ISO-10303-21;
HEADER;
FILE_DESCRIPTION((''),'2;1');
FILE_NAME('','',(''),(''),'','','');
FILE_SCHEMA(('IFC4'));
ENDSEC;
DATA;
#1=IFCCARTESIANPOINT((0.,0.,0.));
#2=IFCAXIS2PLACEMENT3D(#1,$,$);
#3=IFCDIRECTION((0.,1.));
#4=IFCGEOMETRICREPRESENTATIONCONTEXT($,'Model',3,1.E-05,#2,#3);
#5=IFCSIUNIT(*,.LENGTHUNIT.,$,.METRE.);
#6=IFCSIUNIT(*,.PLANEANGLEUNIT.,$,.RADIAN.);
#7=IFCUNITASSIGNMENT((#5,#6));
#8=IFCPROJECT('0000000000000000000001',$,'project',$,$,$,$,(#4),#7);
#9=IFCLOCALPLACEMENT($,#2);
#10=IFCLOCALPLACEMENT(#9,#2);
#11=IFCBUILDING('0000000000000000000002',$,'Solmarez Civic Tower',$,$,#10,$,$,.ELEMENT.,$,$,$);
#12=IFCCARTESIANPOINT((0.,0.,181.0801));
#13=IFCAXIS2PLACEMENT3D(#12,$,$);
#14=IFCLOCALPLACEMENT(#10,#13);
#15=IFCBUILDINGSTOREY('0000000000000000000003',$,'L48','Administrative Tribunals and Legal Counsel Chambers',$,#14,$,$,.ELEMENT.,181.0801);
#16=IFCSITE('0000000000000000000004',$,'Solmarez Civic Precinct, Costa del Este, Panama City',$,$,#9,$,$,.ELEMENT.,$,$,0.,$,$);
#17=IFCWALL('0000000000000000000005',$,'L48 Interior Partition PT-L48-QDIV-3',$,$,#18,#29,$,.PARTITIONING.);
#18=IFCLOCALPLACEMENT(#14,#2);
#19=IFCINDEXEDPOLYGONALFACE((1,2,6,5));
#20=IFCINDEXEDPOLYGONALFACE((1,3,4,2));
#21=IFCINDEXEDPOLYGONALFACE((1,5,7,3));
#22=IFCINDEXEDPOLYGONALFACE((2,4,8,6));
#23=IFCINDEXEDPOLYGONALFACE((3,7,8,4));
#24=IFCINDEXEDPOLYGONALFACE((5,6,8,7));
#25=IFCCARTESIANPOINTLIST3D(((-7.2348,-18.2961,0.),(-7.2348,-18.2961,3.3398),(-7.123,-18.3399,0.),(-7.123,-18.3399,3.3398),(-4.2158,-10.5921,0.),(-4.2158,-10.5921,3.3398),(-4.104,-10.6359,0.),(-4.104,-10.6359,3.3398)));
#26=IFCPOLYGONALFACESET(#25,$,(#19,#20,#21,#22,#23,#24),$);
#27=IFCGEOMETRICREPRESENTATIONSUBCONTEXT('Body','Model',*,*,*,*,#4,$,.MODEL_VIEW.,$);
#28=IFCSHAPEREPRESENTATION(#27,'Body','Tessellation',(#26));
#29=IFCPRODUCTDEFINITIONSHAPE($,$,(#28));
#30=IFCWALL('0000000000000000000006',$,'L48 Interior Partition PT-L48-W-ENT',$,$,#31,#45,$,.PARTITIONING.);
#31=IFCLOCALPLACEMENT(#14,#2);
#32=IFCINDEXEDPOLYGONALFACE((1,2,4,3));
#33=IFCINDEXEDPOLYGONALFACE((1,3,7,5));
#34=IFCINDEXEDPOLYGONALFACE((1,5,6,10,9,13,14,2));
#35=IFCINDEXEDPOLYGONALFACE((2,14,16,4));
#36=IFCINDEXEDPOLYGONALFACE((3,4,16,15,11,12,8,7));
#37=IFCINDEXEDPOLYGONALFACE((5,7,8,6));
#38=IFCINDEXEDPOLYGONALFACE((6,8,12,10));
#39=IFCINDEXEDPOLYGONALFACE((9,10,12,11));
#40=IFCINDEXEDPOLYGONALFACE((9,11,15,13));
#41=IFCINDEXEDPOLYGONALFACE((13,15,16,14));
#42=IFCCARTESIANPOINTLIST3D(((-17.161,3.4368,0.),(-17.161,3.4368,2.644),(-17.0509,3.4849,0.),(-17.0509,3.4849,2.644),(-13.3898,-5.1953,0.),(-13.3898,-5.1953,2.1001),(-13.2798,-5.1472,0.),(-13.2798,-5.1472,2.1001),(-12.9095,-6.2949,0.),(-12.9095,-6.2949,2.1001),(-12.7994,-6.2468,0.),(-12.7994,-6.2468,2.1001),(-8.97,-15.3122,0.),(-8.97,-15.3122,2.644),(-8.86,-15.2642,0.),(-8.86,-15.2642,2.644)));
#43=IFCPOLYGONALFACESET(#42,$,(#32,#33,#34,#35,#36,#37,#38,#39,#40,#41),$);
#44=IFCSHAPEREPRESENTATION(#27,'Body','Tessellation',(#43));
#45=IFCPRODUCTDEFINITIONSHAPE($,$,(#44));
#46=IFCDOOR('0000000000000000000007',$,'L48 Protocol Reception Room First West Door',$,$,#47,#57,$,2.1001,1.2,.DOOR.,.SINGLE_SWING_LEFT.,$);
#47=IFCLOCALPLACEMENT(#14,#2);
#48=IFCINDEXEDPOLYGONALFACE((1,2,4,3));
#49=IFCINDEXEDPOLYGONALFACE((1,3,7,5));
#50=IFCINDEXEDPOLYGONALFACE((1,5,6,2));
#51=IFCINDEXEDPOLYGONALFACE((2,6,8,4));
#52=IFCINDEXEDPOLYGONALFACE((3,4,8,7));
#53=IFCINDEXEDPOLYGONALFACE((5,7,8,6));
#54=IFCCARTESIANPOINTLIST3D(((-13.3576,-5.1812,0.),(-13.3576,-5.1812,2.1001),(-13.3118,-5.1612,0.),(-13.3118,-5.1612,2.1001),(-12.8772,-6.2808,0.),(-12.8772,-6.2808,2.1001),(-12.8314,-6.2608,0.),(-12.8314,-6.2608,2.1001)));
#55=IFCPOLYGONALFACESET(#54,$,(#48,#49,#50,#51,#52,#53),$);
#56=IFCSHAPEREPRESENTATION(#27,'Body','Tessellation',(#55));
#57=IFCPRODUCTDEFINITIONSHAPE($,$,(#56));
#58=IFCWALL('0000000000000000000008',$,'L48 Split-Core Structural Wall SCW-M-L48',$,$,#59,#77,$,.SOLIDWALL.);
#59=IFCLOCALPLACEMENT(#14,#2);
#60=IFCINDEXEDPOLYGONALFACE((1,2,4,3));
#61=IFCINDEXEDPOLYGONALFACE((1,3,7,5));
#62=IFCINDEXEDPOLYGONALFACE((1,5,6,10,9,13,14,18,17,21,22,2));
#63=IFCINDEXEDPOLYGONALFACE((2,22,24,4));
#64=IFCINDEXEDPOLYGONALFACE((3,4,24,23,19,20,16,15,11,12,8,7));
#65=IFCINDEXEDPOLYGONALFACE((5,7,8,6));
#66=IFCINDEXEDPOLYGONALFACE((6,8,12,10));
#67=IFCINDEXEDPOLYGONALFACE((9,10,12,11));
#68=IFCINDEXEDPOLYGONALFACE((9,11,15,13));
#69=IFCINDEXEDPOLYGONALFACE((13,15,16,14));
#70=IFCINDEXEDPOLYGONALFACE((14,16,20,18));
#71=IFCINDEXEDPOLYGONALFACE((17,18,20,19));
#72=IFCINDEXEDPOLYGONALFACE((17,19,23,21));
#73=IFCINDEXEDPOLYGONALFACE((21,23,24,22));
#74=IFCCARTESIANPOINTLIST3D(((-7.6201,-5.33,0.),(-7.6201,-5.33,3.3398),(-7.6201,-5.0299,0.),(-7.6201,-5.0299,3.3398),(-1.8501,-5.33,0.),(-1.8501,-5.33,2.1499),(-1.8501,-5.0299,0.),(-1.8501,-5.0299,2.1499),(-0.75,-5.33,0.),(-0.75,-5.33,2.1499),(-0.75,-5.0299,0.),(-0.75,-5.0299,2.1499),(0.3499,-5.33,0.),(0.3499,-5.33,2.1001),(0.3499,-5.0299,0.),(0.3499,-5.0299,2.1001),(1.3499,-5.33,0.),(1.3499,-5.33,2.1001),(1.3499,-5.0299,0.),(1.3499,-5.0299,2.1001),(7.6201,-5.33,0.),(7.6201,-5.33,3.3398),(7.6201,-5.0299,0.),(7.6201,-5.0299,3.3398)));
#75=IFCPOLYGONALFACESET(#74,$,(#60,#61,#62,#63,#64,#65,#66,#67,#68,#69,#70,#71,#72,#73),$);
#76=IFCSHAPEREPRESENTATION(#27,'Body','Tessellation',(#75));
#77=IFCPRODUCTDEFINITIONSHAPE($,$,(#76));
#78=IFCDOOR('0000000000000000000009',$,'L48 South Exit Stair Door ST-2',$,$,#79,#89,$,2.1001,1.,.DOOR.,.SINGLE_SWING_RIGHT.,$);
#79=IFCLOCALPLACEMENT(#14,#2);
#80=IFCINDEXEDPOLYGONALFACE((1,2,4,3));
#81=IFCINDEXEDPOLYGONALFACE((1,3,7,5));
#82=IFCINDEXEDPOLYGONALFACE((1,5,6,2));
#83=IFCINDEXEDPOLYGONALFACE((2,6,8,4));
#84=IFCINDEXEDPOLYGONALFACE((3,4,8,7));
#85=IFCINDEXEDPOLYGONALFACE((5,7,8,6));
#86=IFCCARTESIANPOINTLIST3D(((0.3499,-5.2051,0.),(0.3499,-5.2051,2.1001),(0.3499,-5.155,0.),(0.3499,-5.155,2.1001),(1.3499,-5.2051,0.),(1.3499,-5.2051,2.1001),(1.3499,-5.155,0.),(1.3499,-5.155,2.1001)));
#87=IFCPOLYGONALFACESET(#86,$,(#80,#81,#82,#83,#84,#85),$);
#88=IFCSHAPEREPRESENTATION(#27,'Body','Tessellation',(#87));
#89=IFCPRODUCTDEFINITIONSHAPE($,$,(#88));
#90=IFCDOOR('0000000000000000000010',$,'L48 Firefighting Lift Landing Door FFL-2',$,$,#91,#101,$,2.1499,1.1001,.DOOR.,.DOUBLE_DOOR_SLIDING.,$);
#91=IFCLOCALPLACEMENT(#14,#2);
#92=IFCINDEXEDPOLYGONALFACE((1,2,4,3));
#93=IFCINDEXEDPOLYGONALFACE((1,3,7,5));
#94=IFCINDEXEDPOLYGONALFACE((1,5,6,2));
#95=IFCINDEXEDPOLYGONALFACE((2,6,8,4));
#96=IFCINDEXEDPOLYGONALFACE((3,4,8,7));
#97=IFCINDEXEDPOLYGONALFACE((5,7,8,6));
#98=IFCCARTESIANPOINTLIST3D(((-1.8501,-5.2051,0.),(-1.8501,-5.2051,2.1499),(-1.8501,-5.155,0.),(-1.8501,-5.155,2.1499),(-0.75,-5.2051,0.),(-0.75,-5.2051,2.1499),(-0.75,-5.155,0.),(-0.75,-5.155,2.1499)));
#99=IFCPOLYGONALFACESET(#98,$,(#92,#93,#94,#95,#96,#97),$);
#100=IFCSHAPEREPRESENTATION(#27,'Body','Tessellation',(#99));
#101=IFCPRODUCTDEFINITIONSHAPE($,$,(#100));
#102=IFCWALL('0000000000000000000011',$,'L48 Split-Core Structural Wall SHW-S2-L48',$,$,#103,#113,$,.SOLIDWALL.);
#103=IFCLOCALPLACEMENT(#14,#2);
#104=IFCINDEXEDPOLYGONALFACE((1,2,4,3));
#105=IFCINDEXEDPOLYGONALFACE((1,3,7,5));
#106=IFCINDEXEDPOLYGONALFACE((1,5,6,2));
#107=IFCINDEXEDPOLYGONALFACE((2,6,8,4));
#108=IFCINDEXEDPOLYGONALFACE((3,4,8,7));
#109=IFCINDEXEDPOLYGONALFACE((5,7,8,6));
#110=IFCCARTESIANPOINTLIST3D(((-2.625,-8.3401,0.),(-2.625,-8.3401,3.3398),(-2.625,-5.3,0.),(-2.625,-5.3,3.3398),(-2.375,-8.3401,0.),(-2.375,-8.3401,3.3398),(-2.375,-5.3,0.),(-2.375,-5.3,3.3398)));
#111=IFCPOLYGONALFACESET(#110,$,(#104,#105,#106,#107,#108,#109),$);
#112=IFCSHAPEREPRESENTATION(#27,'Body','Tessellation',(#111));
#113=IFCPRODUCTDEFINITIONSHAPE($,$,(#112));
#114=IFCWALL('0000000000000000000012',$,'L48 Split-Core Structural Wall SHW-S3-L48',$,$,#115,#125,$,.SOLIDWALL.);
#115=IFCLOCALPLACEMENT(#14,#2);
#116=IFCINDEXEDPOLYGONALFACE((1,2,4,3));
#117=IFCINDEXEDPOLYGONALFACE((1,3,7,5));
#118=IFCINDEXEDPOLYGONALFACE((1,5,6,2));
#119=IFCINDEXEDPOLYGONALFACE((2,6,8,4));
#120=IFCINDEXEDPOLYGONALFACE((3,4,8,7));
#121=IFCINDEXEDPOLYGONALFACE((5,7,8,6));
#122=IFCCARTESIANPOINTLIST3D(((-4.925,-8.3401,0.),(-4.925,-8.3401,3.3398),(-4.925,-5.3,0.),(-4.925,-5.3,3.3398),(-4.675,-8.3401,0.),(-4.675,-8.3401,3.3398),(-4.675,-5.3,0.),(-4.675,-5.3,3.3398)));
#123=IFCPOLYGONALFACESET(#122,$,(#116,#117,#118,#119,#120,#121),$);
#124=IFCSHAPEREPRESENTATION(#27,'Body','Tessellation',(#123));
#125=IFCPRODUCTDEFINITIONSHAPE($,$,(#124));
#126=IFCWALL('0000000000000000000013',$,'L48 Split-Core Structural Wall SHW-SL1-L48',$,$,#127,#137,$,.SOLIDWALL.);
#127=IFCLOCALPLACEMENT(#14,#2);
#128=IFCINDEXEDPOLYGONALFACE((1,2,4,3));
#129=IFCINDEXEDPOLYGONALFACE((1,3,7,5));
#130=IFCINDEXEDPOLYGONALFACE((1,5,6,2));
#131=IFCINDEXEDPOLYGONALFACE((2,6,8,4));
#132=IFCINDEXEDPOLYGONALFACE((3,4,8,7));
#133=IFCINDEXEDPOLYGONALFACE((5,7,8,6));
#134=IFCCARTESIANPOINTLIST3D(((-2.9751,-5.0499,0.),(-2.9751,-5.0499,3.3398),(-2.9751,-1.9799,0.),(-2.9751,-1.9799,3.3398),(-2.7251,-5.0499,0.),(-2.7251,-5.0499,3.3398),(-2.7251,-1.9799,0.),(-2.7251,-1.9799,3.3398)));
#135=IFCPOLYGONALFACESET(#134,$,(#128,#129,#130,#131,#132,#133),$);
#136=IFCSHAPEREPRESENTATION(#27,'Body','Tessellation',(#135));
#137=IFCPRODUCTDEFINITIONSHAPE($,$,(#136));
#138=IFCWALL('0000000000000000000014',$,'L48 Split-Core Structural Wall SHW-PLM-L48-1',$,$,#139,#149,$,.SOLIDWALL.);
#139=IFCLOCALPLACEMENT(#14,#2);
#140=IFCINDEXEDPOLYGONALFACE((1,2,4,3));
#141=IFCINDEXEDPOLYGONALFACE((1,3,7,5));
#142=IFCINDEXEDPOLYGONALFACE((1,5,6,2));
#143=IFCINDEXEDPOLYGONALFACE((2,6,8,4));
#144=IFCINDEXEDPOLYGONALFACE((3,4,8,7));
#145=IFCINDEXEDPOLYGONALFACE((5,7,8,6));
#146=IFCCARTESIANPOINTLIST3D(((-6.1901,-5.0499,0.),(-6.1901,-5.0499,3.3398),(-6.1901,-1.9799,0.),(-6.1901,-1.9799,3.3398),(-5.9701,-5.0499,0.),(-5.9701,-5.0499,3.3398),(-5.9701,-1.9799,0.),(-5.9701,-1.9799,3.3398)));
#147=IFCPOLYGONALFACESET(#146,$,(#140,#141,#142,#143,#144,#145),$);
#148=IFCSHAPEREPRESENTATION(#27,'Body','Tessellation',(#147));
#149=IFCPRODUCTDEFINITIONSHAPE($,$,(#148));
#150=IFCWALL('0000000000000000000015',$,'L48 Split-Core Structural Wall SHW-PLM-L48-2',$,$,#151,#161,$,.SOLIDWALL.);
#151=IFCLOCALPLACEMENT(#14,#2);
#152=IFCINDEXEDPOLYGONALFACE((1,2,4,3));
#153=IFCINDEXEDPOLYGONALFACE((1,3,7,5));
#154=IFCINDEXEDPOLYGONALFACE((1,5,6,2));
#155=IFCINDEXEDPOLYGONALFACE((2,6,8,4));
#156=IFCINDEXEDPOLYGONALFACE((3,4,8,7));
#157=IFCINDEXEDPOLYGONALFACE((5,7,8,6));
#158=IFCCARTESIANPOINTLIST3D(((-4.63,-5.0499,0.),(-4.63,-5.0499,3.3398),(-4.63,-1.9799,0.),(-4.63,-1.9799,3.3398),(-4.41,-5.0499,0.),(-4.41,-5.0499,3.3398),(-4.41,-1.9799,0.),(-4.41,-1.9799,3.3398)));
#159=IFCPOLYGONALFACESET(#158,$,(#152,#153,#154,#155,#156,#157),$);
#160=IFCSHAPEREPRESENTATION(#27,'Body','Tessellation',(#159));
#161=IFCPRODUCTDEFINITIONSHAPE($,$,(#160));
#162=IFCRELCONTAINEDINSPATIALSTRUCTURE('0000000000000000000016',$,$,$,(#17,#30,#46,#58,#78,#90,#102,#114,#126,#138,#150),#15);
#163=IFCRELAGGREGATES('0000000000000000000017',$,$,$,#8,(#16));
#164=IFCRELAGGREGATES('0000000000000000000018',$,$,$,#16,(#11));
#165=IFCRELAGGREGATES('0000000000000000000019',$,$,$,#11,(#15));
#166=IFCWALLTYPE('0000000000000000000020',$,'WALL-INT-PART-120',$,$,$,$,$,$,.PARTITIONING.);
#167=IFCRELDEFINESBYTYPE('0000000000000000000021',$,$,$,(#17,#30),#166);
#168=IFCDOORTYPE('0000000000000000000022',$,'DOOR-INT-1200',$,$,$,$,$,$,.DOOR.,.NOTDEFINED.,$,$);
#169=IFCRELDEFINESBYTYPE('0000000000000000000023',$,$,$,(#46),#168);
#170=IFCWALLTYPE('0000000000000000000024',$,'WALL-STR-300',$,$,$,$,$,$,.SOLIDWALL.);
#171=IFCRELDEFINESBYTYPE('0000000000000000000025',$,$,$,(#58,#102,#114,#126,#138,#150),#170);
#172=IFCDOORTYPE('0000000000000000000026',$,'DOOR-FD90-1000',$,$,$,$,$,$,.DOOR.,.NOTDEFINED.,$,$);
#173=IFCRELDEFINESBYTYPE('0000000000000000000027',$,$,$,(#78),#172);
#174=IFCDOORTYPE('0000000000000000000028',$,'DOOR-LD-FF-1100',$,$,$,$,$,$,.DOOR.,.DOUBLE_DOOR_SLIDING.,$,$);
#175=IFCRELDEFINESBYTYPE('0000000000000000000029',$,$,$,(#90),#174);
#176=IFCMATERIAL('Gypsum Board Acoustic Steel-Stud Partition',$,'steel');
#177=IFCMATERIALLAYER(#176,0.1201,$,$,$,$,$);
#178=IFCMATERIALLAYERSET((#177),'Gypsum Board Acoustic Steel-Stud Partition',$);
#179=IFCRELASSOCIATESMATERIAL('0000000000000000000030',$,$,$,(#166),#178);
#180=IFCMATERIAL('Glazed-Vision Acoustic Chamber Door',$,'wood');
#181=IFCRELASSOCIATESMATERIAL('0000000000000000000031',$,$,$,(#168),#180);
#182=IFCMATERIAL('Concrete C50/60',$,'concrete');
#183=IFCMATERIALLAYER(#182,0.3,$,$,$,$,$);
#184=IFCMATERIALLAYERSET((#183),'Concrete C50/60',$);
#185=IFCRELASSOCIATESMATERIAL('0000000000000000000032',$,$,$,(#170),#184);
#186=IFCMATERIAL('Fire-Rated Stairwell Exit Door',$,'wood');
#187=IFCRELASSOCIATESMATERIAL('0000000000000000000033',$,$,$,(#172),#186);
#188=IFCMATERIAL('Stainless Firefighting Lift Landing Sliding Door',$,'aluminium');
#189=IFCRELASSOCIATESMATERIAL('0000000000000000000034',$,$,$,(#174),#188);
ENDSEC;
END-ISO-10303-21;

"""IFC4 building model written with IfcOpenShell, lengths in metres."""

from ifc_helpers import new_model, si_unit, direction, frame, frame_2d, origin, place, context, subcontext, project, spatial, rectangle, extrude, material, layer, layer_set, type_object, element, fill, save


model = new_model("IFC4")

# Units and contexts
model_context = context("Model", 3, precision=1e-05, world=origin(), true_north=direction((0.0, 1.0)))
body_context = subcontext(model_context, "Body", "Model", "MODEL_VIEW")
ifc_project = project(units=[si_unit("LENGTHUNIT", "METRE"), si_unit("PLANEANGLEUNIT", "RADIAN")], contexts=[model_context])

# Site, building, storey
site_placement = place(None, origin())
site = spatial("IfcSite", under=ifc_project, at=site_placement, Name="Solmarez Civic Precinct, Costa del Este, Panama City", CompositionType="ELEMENT", RefElevation=0.0)
building_placement = place(site_placement, origin())
building = spatial("IfcBuilding", under=site, at=building_placement, Name="Solmarez Civic Tower", CompositionType="ELEMENT")
storey_placement = place(building_placement, frame((0.0, 0.0, 181.0801)))
storey = spatial("IfcBuildingStorey", under=building, at=storey_placement, Name="L48", Description="Administrative Tribunals and Legal Counsel Chambers", CompositionType="ELEMENT", Elevation=181.0801)

# Shared definitions
ifc_material_1 = material(Name="Concrete C50/60", Category="concrete")

# Wall
ifc_material_2 = material(Name="Gypsum Board Acoustic Steel-Stud Partition", Category="steel")
ifc_layer_1 = layer(ifc_material_2, 0.1201)
ifc_layer_set_1 = layer_set([ifc_layer_1], Name="Gypsum Board Acoustic Steel-Stud Partition")
wall_type_1 = type_object("IfcWallType", Name="WALL-INT-PART-120", PredefinedType="PARTITIONING", material=ifc_layer_set_1)
wall_1_placement = place(storey_placement, frame((-4.1599, -10.614, 0.0), z_axis=(0.0, 0.0, 1.0), x_axis=(-0.36486, -0.931062, 0.0)))
element("IfcWall", 1, at=wall_1_placement, inside=storey, type_object=wall_type_1, Name="L48 Interior Partition PT-L48-QDIV-3", PredefinedType="PARTITIONING", context=body_context, shape_type="SweptSolid", body=[
    extrude(rectangle(XDim=8.2744, YDim=0.1201, at=frame_2d((4.1372, 0.0))), origin(), (0.0, 0.0, 1.0), 3.3398),
])

# Wall, opening, door
wall_2_placement = place(storey_placement, frame((-8.915, -15.2881, 0.0), z_axis=(0.0, 0.0, 1.0), x_axis=(-0.400336, 0.916369, 0.0)))
wall_2 = element("IfcWall", 2, at=wall_2_placement, inside=storey, type_object=wall_type_1, Name="L48 Interior Partition PT-L48-W-ENT", PredefinedType="PARTITIONING", context=body_context, shape_type="SweptSolid", body=[
    extrude(rectangle(XDim=20.4602, YDim=0.1201, at=frame_2d((10.23, 0.0))), origin(), (0.0, 0.0, 1.0), 2.644),
])
opening_1_placement = place(wall_2_placement, frame((9.8401, 0.0, 0.0)))
opening_1 = element("IfcOpeningElement", 3, at=opening_1_placement, cuts=wall_2, PredefinedType="OPENING", context=body_context, shape_type="SweptSolid", body=[
    extrude(rectangle(XDim=1.2, YDim=2.1001, at=frame_2d((0.6001, 1.05))), frame((0.0, 0.0701, 0.0), z_axis=(0.0, -1.0, 0.0), x_axis=(1.0, 0.0, 0.0)), (0.0, 0.0, 1.0), 0.1401),
])
ifc_material_3 = material(Name="Glazed-Vision Acoustic Chamber Door", Category="wood")
door_type_1 = type_object("IfcDoorType", Name="DOOR-INT-1200", OperationType="NOTDEFINED", PredefinedType="DOOR", material=ifc_material_3)
door_1_placement = place(opening_1_placement, origin())
door_1 = element("IfcDoor", 4, at=door_1_placement, inside=storey, type_object=door_type_1, Name="L48 Protocol Reception Room First West Door", OperationType="SINGLE_SWING_LEFT", OverallHeight=2.1001, OverallWidth=1.2, PredefinedType="DOOR", context=body_context, shape_type="SweptSolid", body=[
    extrude(rectangle(XDim=1.2, YDim=2.1001, at=frame_2d((0.6001, 1.05))), frame((0.0, 0.0249, 0.0), z_axis=(0.0, -1.0, 0.0), x_axis=(1.0, 0.0, 0.0)), (0.0, 0.0, 1.0), 0.05),
])
fill(opening_1, door_1)

# Wall, openings, doors
ifc_layer_2 = layer(ifc_material_1, 0.3)
ifc_layer_set_2 = layer_set([ifc_layer_2], Name="Concrete C50/60")
wall_type_2 = type_object("IfcWallType", Name="WALL-STR-300", PredefinedType="SOLIDWALL", material=ifc_layer_set_2)
wall_3_placement = place(storey_placement, frame((-7.6201, -5.1799, 0.0), z_axis=(0.0, 0.0, 1.0), x_axis=(1.0, 0.0, 0.0)))
wall_3 = element("IfcWall", 5, at=wall_3_placement, inside=storey, type_object=wall_type_2, Name="L48 Split-Core Structural Wall SCW-M-L48", PredefinedType="SOLIDWALL", context=body_context, shape_type="SweptSolid", body=[
    extrude(rectangle(XDim=15.2402, YDim=0.3, at=frame_2d((7.6201, 0.0))), origin(), (0.0, 0.0, 1.0), 3.3398),
])
opening_2_placement = place(wall_3_placement, frame((5.77, 0.0, 0.0)))
opening_2 = element("IfcOpeningElement", 6, at=opening_2_placement, cuts=wall_3, PredefinedType="OPENING", context=body_context, shape_type="SweptSolid", body=[
    extrude(rectangle(XDim=1.1001, YDim=2.1499, at=frame_2d((0.55, 1.075))), frame((0.0, 0.1599, 0.0), z_axis=(0.0, -1.0, 0.0), x_axis=(1.0, 0.0, 0.0)), (0.0, 0.0, 1.0), 0.3201),
])
opening_3_placement = place(wall_3_placement, frame((7.97, 0.0, 0.0)))
opening_3 = element("IfcOpeningElement", 7, at=opening_3_placement, cuts=wall_3, PredefinedType="OPENING", context=body_context, shape_type="SweptSolid", body=[
    extrude(rectangle(XDim=1.0, YDim=2.1001, at=frame_2d((0.5, 1.05))), frame((0.0, 0.1599, 0.0), z_axis=(0.0, -1.0, 0.0), x_axis=(1.0, 0.0, 0.0)), (0.0, 0.0, 1.0), 0.3201),
])
ifc_material_4 = material(Name="Fire-Rated Stairwell Exit Door", Category="wood")
door_type_2 = type_object("IfcDoorType", Name="DOOR-FD90-1000", OperationType="NOTDEFINED", PredefinedType="DOOR", material=ifc_material_4)
door_2_placement = place(opening_3_placement, origin())
door_2 = element("IfcDoor", 8, at=door_2_placement, inside=storey, type_object=door_type_2, Name="L48 South Exit Stair Door ST-2", OperationType="SINGLE_SWING_RIGHT", OverallHeight=2.1001, OverallWidth=1.0, PredefinedType="DOOR", context=body_context, shape_type="SweptSolid", body=[
    extrude(rectangle(XDim=1.0, YDim=2.1001, at=frame_2d((0.5, 1.05))), frame((0.0, 0.0249, 0.0), z_axis=(0.0, -1.0, 0.0), x_axis=(1.0, 0.0, 0.0)), (0.0, 0.0, 1.0), 0.05),
])
fill(opening_3, door_2)
ifc_material_5 = material(Name="Stainless Firefighting Lift Landing Sliding Door", Category="aluminium")
door_type_3 = type_object("IfcDoorType", Name="DOOR-LD-FF-1100", OperationType="DOUBLE_DOOR_SLIDING", PredefinedType="DOOR", material=ifc_material_5)
door_3_placement = place(opening_2_placement, origin())
door_3 = element("IfcDoor", 9, at=door_3_placement, inside=storey, type_object=door_type_3, Name="L48 Firefighting Lift Landing Door FFL-2", OperationType="DOUBLE_DOOR_SLIDING", OverallHeight=2.1499, OverallWidth=1.1001, PredefinedType="DOOR", context=body_context, shape_type="SweptSolid", body=[
    extrude(rectangle(XDim=1.1001, YDim=2.1499, at=frame_2d((0.55, 1.075))), frame((0.0, 0.0249, 0.0), z_axis=(0.0, -1.0, 0.0), x_axis=(1.0, 0.0, 0.0)), (0.0, 0.0, 1.0), 0.05),
])
fill(opening_2, door_3)

# Walls
for number, where, z_axis, x_axis, name in (
    (10, (-2.5, -8.3401, 0.0), (0.0, 0.0, 1.0), (0.0, 1.0, 0.0), "L48 Split-Core Structural Wall SHW-S2-L48"),
    (11, (-4.8, -8.3401, 0.0), (0.0, 0.0, 1.0), (0.0, 1.0, 0.0), "L48 Split-Core Structural Wall SHW-S3-L48"),
):
    element("IfcWall", number, at=place(storey_placement, frame(where, z_axis=z_axis, x_axis=x_axis)), inside=storey, type_object=wall_type_2, Name=name, PredefinedType="SOLIDWALL", context=body_context, shape_type="SweptSolid", body=[
        extrude(rectangle(XDim=3.04, YDim=0.25, at=frame_2d((1.52, 0.0))), origin(), (0.0, 0.0, 1.0), 3.3398),
    ])
wall_4_placement = place(storey_placement, frame((-2.8501, -5.05, 0.0), z_axis=(0.0, 0.0, 1.0), x_axis=(0.0, 1.0, 0.0)))
element("IfcWall", 12, at=wall_4_placement, inside=storey, type_object=wall_type_2, Name="L48 Split-Core Structural Wall SHW-SL1-L48", PredefinedType="SOLIDWALL", context=body_context, shape_type="SweptSolid", body=[
    extrude(rectangle(XDim=3.0701, YDim=0.25, at=frame_2d((1.5352, 0.0))), origin(), (0.0, 0.0, 1.0), 3.3398),
])
for number, where, z_axis, x_axis, name in (
    (13, (-6.0801, -5.05, 0.0), (0.0, 0.0, 1.0), (0.0, 1.0, 0.0), "L48 Split-Core Structural Wall SHW-PLM-L48-1"),
    (14, (-4.52, -5.05, 0.0), (0.0, 0.0, 1.0), (0.0, 1.0, 0.0), "L48 Split-Core Structural Wall SHW-PLM-L48-2"),
):
    element("IfcWall", number, at=place(storey_placement, frame(where, z_axis=z_axis, x_axis=x_axis)), inside=storey, type_object=wall_type_2, Name=name, PredefinedType="SOLIDWALL", context=body_context, shape_type="SweptSolid", body=[
        extrude(rectangle(XDim=3.0701, YDim=0.22, at=frame_2d((1.5352, 0.0))), origin(), (0.0, 0.0, 1.0), 3.3398),
    ])

save(model, "model.ifc")
